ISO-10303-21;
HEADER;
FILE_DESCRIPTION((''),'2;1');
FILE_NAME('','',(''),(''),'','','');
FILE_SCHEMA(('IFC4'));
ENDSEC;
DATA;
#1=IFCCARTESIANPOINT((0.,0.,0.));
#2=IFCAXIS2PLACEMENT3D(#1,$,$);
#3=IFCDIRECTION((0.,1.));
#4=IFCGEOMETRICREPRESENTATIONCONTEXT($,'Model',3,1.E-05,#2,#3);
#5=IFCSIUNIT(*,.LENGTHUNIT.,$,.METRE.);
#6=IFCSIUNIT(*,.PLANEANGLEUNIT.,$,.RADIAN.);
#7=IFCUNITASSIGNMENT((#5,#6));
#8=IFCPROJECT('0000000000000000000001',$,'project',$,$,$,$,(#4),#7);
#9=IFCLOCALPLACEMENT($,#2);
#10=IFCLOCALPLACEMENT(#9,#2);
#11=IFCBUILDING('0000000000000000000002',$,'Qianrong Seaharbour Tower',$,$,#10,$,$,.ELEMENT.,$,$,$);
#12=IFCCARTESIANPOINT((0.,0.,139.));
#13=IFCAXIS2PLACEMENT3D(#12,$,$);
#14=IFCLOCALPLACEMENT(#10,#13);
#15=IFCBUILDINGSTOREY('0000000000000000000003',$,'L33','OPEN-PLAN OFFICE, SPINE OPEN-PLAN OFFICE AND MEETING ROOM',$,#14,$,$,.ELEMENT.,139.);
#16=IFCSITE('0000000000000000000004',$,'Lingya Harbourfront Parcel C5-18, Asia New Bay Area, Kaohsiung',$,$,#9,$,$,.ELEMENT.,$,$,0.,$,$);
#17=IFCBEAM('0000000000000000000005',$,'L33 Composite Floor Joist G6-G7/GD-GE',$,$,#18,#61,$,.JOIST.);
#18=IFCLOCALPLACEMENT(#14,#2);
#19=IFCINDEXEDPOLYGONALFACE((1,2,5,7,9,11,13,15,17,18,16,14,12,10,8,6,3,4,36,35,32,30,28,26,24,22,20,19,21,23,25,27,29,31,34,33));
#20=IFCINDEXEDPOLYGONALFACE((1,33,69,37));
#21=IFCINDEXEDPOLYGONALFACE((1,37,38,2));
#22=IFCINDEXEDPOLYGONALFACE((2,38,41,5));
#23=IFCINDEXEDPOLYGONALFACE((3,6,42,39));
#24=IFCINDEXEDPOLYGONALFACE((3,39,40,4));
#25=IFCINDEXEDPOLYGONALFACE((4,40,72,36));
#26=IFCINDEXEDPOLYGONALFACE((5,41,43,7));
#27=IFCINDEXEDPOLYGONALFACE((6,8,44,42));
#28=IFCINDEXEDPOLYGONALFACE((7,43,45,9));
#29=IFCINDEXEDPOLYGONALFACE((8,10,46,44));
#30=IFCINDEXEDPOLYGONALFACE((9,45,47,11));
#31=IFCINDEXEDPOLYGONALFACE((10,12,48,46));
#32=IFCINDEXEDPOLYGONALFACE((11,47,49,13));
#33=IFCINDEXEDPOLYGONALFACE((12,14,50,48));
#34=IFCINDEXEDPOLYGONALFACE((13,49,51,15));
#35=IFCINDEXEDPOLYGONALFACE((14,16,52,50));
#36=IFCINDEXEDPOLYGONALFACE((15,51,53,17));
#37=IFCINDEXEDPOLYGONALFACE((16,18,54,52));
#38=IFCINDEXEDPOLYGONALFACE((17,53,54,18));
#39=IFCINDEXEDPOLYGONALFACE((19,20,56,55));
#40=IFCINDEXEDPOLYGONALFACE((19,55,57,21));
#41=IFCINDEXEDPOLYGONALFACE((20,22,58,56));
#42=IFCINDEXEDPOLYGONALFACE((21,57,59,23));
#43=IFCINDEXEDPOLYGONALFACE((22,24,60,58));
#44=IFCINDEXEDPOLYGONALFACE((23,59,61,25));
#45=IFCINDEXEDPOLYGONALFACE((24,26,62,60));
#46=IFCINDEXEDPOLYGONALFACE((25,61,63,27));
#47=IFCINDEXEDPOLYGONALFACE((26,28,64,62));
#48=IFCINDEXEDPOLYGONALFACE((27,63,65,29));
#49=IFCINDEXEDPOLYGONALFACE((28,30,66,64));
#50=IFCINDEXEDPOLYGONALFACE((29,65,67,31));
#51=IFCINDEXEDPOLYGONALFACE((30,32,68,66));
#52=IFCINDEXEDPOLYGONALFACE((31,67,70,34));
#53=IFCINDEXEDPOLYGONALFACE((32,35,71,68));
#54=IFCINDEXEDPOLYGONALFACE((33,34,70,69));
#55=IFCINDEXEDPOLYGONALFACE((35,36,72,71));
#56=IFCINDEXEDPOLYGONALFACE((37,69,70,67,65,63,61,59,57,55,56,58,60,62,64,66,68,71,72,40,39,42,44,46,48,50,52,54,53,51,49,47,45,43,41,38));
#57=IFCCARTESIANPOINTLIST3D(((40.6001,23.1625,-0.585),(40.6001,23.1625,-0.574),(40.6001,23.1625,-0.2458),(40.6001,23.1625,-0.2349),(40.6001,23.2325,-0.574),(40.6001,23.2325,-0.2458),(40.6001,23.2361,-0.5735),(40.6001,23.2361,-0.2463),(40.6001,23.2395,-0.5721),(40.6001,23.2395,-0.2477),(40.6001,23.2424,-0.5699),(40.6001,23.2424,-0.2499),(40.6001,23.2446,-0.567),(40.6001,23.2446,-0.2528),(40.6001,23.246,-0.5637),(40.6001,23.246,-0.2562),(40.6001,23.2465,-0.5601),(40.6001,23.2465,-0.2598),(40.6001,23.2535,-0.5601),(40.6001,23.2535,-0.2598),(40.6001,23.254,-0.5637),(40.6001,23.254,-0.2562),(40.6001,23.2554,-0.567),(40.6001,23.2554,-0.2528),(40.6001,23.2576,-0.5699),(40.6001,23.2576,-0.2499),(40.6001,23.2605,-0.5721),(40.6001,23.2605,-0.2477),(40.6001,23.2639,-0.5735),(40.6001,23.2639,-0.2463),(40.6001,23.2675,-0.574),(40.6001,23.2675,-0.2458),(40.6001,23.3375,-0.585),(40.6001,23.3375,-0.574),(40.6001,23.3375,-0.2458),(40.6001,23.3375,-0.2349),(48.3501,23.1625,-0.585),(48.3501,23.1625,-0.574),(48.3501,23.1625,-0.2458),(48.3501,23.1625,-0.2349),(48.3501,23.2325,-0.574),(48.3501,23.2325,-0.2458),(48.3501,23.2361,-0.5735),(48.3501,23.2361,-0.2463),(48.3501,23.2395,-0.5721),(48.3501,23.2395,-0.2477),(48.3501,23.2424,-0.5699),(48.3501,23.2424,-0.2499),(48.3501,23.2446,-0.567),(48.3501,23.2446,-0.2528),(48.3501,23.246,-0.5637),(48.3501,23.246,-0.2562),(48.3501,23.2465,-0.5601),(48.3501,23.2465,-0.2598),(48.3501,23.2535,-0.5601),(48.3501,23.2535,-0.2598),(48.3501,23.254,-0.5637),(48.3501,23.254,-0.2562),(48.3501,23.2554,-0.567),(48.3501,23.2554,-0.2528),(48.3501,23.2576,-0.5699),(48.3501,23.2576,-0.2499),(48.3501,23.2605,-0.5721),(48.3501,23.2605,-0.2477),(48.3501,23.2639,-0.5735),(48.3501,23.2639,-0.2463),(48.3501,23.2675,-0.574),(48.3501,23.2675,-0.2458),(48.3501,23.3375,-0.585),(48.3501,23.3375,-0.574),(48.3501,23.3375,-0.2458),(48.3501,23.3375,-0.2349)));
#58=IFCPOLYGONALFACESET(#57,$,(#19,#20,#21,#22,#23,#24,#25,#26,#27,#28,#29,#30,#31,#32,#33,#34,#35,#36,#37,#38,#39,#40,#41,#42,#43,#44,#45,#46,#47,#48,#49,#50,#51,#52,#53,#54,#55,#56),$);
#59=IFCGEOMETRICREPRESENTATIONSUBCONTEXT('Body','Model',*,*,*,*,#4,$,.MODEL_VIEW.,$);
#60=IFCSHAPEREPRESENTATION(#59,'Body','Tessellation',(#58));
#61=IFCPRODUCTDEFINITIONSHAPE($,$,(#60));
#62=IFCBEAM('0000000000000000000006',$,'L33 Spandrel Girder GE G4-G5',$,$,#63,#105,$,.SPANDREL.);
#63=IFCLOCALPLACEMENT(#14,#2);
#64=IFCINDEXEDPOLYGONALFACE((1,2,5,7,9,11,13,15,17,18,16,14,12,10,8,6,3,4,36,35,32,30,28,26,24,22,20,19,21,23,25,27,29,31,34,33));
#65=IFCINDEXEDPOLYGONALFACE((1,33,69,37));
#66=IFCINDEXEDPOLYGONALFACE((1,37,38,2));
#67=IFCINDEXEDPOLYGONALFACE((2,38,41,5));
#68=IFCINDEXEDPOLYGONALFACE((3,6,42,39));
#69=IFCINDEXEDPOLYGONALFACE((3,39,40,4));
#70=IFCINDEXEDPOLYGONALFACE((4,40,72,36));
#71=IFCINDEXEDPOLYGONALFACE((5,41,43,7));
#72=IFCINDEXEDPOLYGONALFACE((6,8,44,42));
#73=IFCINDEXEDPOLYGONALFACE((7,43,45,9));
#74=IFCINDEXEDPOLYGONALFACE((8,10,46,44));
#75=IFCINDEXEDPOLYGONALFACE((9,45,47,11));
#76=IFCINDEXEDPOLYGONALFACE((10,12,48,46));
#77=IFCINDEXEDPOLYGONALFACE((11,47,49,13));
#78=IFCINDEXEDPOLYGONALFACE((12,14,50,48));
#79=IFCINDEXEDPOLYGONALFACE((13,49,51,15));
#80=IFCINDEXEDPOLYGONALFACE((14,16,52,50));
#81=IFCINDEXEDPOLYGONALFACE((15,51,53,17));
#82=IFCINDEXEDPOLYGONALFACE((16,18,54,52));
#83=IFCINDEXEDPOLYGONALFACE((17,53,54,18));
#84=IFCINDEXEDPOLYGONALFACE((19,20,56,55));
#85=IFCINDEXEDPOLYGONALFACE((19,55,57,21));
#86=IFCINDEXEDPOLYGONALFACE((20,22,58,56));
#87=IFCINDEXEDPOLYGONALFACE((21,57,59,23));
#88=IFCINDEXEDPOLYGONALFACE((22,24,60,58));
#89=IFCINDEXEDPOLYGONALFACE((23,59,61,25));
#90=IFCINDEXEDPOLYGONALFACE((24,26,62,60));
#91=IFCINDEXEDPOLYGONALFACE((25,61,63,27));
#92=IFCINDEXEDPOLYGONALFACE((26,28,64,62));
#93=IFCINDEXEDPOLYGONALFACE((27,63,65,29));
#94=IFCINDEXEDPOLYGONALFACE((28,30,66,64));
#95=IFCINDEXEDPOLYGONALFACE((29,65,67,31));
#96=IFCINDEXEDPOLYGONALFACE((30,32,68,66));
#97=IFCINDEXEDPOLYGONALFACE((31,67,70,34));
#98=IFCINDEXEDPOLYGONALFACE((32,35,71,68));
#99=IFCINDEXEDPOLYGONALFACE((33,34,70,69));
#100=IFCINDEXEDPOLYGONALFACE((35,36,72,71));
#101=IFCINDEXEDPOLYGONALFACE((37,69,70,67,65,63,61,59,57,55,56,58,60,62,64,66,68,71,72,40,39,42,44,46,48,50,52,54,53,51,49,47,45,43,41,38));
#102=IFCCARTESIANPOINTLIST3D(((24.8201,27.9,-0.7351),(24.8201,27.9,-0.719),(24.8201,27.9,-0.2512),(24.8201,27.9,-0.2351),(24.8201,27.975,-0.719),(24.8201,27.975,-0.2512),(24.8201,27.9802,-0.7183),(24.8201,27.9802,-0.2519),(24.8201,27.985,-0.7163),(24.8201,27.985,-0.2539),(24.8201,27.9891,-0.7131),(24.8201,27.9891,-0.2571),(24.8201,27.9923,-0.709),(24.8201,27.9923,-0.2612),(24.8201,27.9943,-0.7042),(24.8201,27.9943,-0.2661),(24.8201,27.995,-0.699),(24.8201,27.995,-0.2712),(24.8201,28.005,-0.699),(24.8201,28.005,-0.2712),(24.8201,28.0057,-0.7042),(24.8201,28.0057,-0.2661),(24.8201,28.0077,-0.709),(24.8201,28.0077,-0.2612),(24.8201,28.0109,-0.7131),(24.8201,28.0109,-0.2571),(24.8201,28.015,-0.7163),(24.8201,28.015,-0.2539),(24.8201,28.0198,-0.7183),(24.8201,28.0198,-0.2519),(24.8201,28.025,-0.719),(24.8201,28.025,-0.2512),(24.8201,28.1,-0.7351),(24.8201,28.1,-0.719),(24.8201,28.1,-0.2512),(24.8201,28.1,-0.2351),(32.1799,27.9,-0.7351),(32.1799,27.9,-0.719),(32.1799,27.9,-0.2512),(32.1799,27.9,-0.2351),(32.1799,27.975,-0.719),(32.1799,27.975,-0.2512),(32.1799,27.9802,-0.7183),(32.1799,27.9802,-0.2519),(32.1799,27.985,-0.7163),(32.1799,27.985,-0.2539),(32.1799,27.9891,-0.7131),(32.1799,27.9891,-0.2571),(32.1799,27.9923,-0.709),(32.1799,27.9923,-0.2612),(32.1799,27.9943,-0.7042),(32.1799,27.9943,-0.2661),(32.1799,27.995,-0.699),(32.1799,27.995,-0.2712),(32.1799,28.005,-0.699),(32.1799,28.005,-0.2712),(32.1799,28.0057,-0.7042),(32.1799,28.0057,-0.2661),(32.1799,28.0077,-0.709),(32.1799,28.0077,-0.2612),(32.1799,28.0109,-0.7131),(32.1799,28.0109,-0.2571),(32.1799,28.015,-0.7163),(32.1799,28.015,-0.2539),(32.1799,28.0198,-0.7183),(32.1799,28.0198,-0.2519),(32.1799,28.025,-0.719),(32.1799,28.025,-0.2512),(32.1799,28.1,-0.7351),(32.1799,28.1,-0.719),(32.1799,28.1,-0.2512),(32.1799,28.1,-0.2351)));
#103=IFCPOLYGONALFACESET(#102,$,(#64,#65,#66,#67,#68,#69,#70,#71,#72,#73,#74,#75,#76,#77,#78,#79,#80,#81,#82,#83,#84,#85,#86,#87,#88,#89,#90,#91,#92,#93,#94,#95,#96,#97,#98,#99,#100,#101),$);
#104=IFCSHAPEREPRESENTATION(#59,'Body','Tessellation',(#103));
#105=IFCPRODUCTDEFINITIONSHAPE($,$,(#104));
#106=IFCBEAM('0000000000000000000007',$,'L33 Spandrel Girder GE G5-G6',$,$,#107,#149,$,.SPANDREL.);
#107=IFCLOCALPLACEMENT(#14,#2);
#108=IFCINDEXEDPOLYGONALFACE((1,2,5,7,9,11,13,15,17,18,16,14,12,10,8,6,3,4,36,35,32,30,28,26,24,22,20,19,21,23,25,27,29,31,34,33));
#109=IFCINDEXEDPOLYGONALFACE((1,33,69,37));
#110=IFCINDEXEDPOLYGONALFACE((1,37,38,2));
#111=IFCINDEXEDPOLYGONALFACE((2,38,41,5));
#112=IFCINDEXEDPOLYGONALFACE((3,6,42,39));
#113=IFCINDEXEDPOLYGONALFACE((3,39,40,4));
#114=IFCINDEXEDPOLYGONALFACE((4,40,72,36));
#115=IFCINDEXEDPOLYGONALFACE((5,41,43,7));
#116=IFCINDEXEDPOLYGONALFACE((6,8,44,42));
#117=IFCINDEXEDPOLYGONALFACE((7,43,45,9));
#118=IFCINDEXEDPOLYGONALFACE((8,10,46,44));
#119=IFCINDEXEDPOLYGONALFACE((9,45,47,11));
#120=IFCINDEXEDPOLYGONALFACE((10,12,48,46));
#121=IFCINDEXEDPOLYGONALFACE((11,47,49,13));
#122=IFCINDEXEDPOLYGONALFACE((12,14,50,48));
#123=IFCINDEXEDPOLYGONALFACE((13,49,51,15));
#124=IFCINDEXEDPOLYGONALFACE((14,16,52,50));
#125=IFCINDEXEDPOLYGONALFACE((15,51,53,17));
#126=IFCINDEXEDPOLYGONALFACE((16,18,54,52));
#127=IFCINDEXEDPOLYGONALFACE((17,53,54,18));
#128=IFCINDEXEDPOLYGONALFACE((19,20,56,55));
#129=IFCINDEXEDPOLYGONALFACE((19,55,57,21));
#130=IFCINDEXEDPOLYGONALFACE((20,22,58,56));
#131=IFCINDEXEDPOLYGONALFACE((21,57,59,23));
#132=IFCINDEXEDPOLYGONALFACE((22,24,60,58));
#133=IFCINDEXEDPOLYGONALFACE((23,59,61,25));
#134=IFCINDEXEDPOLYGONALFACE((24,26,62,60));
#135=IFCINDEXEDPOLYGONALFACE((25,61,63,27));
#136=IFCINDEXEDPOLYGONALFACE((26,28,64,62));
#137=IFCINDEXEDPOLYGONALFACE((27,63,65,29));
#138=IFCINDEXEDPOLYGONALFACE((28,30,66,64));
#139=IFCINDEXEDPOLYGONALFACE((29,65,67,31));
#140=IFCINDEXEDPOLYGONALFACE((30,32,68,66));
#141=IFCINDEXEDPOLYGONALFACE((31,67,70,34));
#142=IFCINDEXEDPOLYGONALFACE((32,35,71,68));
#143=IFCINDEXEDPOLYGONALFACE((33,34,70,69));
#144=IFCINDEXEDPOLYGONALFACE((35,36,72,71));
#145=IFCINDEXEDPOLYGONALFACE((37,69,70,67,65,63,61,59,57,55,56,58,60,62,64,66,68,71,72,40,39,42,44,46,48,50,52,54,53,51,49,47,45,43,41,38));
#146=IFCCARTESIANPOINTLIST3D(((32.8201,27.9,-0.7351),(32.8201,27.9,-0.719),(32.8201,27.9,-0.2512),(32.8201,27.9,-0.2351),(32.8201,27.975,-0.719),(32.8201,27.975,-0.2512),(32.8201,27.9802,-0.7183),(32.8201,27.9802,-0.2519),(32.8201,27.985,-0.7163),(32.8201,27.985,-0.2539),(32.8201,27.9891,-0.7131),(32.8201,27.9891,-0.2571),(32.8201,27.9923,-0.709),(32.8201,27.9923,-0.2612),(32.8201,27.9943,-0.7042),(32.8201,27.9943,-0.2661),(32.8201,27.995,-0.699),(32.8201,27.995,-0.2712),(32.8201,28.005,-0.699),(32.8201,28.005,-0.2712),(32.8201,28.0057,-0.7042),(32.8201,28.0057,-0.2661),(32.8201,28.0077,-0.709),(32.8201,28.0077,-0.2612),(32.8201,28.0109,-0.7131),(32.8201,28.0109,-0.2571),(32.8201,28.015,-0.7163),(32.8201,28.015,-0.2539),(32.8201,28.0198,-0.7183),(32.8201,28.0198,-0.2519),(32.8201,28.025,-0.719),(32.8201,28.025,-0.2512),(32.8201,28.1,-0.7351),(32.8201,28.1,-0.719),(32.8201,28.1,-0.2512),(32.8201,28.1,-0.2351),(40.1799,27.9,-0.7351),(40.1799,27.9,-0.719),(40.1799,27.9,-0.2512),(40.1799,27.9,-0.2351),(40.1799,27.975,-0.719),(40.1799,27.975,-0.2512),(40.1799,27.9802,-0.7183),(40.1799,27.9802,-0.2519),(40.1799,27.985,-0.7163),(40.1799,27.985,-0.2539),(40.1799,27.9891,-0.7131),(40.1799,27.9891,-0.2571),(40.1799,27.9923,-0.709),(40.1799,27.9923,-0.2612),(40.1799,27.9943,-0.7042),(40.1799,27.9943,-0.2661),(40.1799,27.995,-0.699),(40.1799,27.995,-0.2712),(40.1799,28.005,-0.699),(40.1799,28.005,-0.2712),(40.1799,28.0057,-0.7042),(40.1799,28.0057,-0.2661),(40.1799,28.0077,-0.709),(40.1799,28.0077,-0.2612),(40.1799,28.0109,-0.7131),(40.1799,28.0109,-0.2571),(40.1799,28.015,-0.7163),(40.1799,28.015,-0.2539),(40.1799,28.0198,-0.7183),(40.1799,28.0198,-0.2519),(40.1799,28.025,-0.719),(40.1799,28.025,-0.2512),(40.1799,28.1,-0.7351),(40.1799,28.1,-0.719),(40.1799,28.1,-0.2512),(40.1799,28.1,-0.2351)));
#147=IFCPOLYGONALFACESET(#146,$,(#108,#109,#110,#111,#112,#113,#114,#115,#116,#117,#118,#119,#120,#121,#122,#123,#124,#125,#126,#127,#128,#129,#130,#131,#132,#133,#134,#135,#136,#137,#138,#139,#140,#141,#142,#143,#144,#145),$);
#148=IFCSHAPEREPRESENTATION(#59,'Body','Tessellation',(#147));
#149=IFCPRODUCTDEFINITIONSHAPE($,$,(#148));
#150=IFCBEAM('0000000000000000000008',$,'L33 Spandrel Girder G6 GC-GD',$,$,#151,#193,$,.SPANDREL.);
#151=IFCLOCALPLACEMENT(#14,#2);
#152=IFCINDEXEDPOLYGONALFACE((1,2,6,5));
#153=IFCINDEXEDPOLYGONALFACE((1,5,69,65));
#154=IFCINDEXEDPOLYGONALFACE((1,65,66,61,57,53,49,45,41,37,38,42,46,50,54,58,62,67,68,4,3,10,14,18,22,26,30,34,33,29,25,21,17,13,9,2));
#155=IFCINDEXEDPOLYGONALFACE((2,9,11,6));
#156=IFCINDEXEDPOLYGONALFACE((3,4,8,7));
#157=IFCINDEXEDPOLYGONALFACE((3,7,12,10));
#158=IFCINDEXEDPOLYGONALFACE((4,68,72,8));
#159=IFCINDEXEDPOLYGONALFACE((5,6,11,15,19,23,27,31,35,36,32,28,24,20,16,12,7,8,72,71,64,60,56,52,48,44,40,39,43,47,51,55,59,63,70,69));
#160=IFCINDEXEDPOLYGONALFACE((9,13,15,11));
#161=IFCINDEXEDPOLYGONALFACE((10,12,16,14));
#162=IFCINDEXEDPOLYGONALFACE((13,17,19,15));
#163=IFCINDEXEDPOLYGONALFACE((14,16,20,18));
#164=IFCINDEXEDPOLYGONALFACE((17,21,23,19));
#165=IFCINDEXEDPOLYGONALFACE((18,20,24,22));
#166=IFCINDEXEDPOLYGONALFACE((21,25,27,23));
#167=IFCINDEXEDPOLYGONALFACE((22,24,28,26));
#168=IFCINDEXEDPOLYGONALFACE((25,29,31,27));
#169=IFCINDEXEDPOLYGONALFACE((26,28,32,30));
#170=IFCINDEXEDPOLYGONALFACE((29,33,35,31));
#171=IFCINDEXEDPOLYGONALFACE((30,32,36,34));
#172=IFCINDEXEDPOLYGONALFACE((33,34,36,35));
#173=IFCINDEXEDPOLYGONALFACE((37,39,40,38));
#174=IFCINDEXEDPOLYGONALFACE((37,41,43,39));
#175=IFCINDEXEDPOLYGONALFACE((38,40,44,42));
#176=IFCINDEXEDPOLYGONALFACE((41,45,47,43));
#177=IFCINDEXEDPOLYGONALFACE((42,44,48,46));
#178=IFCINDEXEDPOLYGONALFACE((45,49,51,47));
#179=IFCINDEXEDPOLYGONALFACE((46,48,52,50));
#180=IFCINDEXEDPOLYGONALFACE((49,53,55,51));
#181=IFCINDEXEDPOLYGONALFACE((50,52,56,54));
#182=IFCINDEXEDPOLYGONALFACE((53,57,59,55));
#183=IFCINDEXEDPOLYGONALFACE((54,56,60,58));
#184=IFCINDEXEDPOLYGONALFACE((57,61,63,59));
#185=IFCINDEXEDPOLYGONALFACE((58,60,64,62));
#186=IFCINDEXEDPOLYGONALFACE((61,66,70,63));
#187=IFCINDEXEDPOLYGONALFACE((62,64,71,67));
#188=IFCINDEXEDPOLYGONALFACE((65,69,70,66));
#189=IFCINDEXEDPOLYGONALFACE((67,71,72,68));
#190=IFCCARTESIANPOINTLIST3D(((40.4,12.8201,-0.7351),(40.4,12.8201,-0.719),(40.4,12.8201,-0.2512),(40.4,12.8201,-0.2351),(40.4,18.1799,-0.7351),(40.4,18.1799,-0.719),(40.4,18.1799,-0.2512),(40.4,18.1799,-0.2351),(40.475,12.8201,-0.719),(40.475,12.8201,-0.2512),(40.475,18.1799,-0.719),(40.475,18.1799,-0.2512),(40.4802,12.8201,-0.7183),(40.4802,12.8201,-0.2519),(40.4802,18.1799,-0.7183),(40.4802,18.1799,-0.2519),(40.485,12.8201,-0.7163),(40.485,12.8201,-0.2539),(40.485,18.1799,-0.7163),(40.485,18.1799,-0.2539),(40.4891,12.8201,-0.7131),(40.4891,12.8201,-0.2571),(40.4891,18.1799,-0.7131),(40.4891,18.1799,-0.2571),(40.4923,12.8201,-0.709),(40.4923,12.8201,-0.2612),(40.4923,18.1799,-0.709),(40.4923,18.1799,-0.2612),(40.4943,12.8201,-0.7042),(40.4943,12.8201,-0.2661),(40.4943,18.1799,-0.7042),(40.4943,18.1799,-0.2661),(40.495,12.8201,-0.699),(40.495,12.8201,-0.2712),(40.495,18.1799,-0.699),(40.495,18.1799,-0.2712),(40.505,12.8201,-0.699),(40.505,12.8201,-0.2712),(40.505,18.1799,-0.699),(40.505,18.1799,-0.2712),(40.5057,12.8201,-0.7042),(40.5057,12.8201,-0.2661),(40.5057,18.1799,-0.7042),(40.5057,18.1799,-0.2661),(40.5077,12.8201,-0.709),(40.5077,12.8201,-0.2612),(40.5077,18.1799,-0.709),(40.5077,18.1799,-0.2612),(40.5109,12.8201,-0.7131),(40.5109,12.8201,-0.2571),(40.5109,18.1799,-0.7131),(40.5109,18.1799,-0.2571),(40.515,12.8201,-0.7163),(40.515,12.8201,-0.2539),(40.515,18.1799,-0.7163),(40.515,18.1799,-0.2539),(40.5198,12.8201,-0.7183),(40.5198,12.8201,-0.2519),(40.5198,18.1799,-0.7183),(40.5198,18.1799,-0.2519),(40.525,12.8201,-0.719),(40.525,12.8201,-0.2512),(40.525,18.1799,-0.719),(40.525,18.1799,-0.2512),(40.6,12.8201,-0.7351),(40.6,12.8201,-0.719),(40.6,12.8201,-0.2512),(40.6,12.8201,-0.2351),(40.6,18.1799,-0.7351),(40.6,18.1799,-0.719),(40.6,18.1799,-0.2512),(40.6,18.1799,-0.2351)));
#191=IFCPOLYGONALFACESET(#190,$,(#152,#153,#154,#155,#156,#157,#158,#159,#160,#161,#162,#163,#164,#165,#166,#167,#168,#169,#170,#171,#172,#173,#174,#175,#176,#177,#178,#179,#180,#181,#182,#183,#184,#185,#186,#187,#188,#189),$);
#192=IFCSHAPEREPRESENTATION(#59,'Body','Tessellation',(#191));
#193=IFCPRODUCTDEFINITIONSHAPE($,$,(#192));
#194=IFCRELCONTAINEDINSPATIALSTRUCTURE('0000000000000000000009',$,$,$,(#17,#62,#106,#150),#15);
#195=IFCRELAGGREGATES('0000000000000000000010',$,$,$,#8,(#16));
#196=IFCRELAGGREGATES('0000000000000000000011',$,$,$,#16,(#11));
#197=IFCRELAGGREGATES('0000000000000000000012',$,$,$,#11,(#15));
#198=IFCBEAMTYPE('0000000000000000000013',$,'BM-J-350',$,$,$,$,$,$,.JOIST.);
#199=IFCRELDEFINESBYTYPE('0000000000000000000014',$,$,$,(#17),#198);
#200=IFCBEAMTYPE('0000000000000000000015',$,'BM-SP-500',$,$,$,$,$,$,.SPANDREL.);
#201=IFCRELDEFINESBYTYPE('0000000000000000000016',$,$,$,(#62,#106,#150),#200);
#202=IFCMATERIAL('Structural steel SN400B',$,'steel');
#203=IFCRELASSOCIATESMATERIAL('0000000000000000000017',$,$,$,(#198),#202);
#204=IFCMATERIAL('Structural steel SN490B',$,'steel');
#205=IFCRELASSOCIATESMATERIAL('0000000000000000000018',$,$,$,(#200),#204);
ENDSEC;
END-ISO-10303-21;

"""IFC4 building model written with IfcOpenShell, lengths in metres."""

from ifc_helpers import new_model, si_unit, direction, frame, origin, origin_2d, place, context, subcontext, project, spatial, i_section, extrude, material, material_profile, profile_set, type_object, element, save


model = new_model("IFC4")

# Units and contexts
model_context = context("Model", 3, precision=1e-05, world=origin(), true_north=direction((0.0, 1.0)))
body_context = subcontext(model_context, "Body", "Model", "MODEL_VIEW")
ifc_project = project(units=[si_unit("LENGTHUNIT", "METRE"), si_unit("PLANEANGLEUNIT", "RADIAN")], contexts=[model_context])

# Site, building, storey
site_placement = place(None, origin())
site = spatial("IfcSite", under=ifc_project, at=site_placement, Name="Lingya Harbourfront Parcel C5-18, Asia New Bay Area, Kaohsiung", CompositionType="ELEMENT", RefElevation=0.0)
building_placement = place(site_placement, origin())
building = spatial("IfcBuilding", under=site, at=building_placement, Name="Qianrong Seaharbour Tower", CompositionType="ELEMENT")
storey_placement = place(building_placement, frame((0.0, 0.0, 139.0)))
storey = spatial("IfcBuildingStorey", under=building, at=storey_placement, Name="L33", Description="OPEN-PLAN OFFICE, SPINE OPEN-PLAN OFFICE AND MEETING ROOM", CompositionType="ELEMENT", Elevation=139.0)

# Shared definitions
ifc_material_1 = material(Name="Structural steel SN490B", Category="steel")

# Beams
ifc_material_2 = material(Name="Structural steel SN400B", Category="steel")
ifc_material_profile_1 = material_profile(ifc_material_2, i_section(OverallWidth=0.175, OverallDepth=0.3501, WebThickness=0.0071, FlangeThickness=0.011, FilletRadius=0.0139, at=origin_2d()), Name="H350x175x7x11")
ifc_profile_set_1 = profile_set([ifc_material_profile_1], Name="Structural steel SN400B")
beam_type_1 = type_object("IfcBeamType", Name="BM-J-350", PredefinedType="JOIST", material=ifc_profile_set_1)
beam_1_placement = place(storey_placement, frame((40.6001, 23.25, -0.4099), z_axis=(1.0, 0.0, 0.0), x_axis=(0.0, 1.0, 0.0)))
element("IfcBeam", 1, at=beam_1_placement, inside=storey, type_object=beam_type_1, Name="L33 Composite Floor Joist G6-G7/GD-GE", PredefinedType="JOIST", context=body_context, shape_type="SweptSolid", body=[
    extrude(i_section(OverallWidth=0.175, OverallDepth=0.3501, WebThickness=0.0071, FlangeThickness=0.011, FilletRadius=0.0139, at=origin_2d()), origin(), (0.0, 0.0, 1.0), 7.75),
])
ifc_material_profile_2 = material_profile(ifc_material_1, i_section(OverallWidth=0.2, OverallDepth=0.5, WebThickness=0.01, FlangeThickness=0.0161, FilletRadius=0.02, at=origin_2d()), Name="H500x200x10x16")
ifc_profile_set_2 = profile_set([ifc_material_profile_2], Name="Structural steel SN490B")
beam_type_2 = type_object("IfcBeamType", Name="BM-SP-500", PredefinedType="SPANDREL", material=ifc_profile_set_2)
for number, where, z_axis, x_axis, name in (
    (2, (24.8201, 28.0, -0.4851), (1.0, 0.0, 0.0), (0.0, 1.0, 0.0), "L33 Spandrel Girder GE G4-G5"),
    (3, (32.8201, 28.0, -0.4851), (1.0, 0.0, 0.0), (0.0, 1.0, 0.0), "L33 Spandrel Girder GE G5-G6"),
):
    element("IfcBeam", number, at=place(storey_placement, frame(where, z_axis=z_axis, x_axis=x_axis)), inside=storey, type_object=beam_type_2, Name=name, PredefinedType="SPANDREL", context=body_context, shape_type="SweptSolid", body=[
        extrude(i_section(OverallWidth=0.2, OverallDepth=0.5, WebThickness=0.01, FlangeThickness=0.0161, FilletRadius=0.02, at=origin_2d()), origin(), (0.0, 0.0, 1.0), 7.3599),
    ])
beam_2_placement = place(storey_placement, frame((40.5, 12.8201, -0.4851), z_axis=(0.0, 1.0, 0.0), x_axis=(-1.0, 0.0, 0.0)))
element("IfcBeam", 4, at=beam_2_placement, inside=storey, type_object=beam_type_2, Name="L33 Spandrel Girder G6 GC-GD", PredefinedType="SPANDREL", context=body_context, shape_type="SweptSolid", body=[
    extrude(i_section(OverallWidth=0.2, OverallDepth=0.5, WebThickness=0.01, FlangeThickness=0.0161, FilletRadius=0.02, at=origin_2d()), origin(), (0.0, 0.0, 1.0), 5.3599),
])

save(model, "model.ifc")
